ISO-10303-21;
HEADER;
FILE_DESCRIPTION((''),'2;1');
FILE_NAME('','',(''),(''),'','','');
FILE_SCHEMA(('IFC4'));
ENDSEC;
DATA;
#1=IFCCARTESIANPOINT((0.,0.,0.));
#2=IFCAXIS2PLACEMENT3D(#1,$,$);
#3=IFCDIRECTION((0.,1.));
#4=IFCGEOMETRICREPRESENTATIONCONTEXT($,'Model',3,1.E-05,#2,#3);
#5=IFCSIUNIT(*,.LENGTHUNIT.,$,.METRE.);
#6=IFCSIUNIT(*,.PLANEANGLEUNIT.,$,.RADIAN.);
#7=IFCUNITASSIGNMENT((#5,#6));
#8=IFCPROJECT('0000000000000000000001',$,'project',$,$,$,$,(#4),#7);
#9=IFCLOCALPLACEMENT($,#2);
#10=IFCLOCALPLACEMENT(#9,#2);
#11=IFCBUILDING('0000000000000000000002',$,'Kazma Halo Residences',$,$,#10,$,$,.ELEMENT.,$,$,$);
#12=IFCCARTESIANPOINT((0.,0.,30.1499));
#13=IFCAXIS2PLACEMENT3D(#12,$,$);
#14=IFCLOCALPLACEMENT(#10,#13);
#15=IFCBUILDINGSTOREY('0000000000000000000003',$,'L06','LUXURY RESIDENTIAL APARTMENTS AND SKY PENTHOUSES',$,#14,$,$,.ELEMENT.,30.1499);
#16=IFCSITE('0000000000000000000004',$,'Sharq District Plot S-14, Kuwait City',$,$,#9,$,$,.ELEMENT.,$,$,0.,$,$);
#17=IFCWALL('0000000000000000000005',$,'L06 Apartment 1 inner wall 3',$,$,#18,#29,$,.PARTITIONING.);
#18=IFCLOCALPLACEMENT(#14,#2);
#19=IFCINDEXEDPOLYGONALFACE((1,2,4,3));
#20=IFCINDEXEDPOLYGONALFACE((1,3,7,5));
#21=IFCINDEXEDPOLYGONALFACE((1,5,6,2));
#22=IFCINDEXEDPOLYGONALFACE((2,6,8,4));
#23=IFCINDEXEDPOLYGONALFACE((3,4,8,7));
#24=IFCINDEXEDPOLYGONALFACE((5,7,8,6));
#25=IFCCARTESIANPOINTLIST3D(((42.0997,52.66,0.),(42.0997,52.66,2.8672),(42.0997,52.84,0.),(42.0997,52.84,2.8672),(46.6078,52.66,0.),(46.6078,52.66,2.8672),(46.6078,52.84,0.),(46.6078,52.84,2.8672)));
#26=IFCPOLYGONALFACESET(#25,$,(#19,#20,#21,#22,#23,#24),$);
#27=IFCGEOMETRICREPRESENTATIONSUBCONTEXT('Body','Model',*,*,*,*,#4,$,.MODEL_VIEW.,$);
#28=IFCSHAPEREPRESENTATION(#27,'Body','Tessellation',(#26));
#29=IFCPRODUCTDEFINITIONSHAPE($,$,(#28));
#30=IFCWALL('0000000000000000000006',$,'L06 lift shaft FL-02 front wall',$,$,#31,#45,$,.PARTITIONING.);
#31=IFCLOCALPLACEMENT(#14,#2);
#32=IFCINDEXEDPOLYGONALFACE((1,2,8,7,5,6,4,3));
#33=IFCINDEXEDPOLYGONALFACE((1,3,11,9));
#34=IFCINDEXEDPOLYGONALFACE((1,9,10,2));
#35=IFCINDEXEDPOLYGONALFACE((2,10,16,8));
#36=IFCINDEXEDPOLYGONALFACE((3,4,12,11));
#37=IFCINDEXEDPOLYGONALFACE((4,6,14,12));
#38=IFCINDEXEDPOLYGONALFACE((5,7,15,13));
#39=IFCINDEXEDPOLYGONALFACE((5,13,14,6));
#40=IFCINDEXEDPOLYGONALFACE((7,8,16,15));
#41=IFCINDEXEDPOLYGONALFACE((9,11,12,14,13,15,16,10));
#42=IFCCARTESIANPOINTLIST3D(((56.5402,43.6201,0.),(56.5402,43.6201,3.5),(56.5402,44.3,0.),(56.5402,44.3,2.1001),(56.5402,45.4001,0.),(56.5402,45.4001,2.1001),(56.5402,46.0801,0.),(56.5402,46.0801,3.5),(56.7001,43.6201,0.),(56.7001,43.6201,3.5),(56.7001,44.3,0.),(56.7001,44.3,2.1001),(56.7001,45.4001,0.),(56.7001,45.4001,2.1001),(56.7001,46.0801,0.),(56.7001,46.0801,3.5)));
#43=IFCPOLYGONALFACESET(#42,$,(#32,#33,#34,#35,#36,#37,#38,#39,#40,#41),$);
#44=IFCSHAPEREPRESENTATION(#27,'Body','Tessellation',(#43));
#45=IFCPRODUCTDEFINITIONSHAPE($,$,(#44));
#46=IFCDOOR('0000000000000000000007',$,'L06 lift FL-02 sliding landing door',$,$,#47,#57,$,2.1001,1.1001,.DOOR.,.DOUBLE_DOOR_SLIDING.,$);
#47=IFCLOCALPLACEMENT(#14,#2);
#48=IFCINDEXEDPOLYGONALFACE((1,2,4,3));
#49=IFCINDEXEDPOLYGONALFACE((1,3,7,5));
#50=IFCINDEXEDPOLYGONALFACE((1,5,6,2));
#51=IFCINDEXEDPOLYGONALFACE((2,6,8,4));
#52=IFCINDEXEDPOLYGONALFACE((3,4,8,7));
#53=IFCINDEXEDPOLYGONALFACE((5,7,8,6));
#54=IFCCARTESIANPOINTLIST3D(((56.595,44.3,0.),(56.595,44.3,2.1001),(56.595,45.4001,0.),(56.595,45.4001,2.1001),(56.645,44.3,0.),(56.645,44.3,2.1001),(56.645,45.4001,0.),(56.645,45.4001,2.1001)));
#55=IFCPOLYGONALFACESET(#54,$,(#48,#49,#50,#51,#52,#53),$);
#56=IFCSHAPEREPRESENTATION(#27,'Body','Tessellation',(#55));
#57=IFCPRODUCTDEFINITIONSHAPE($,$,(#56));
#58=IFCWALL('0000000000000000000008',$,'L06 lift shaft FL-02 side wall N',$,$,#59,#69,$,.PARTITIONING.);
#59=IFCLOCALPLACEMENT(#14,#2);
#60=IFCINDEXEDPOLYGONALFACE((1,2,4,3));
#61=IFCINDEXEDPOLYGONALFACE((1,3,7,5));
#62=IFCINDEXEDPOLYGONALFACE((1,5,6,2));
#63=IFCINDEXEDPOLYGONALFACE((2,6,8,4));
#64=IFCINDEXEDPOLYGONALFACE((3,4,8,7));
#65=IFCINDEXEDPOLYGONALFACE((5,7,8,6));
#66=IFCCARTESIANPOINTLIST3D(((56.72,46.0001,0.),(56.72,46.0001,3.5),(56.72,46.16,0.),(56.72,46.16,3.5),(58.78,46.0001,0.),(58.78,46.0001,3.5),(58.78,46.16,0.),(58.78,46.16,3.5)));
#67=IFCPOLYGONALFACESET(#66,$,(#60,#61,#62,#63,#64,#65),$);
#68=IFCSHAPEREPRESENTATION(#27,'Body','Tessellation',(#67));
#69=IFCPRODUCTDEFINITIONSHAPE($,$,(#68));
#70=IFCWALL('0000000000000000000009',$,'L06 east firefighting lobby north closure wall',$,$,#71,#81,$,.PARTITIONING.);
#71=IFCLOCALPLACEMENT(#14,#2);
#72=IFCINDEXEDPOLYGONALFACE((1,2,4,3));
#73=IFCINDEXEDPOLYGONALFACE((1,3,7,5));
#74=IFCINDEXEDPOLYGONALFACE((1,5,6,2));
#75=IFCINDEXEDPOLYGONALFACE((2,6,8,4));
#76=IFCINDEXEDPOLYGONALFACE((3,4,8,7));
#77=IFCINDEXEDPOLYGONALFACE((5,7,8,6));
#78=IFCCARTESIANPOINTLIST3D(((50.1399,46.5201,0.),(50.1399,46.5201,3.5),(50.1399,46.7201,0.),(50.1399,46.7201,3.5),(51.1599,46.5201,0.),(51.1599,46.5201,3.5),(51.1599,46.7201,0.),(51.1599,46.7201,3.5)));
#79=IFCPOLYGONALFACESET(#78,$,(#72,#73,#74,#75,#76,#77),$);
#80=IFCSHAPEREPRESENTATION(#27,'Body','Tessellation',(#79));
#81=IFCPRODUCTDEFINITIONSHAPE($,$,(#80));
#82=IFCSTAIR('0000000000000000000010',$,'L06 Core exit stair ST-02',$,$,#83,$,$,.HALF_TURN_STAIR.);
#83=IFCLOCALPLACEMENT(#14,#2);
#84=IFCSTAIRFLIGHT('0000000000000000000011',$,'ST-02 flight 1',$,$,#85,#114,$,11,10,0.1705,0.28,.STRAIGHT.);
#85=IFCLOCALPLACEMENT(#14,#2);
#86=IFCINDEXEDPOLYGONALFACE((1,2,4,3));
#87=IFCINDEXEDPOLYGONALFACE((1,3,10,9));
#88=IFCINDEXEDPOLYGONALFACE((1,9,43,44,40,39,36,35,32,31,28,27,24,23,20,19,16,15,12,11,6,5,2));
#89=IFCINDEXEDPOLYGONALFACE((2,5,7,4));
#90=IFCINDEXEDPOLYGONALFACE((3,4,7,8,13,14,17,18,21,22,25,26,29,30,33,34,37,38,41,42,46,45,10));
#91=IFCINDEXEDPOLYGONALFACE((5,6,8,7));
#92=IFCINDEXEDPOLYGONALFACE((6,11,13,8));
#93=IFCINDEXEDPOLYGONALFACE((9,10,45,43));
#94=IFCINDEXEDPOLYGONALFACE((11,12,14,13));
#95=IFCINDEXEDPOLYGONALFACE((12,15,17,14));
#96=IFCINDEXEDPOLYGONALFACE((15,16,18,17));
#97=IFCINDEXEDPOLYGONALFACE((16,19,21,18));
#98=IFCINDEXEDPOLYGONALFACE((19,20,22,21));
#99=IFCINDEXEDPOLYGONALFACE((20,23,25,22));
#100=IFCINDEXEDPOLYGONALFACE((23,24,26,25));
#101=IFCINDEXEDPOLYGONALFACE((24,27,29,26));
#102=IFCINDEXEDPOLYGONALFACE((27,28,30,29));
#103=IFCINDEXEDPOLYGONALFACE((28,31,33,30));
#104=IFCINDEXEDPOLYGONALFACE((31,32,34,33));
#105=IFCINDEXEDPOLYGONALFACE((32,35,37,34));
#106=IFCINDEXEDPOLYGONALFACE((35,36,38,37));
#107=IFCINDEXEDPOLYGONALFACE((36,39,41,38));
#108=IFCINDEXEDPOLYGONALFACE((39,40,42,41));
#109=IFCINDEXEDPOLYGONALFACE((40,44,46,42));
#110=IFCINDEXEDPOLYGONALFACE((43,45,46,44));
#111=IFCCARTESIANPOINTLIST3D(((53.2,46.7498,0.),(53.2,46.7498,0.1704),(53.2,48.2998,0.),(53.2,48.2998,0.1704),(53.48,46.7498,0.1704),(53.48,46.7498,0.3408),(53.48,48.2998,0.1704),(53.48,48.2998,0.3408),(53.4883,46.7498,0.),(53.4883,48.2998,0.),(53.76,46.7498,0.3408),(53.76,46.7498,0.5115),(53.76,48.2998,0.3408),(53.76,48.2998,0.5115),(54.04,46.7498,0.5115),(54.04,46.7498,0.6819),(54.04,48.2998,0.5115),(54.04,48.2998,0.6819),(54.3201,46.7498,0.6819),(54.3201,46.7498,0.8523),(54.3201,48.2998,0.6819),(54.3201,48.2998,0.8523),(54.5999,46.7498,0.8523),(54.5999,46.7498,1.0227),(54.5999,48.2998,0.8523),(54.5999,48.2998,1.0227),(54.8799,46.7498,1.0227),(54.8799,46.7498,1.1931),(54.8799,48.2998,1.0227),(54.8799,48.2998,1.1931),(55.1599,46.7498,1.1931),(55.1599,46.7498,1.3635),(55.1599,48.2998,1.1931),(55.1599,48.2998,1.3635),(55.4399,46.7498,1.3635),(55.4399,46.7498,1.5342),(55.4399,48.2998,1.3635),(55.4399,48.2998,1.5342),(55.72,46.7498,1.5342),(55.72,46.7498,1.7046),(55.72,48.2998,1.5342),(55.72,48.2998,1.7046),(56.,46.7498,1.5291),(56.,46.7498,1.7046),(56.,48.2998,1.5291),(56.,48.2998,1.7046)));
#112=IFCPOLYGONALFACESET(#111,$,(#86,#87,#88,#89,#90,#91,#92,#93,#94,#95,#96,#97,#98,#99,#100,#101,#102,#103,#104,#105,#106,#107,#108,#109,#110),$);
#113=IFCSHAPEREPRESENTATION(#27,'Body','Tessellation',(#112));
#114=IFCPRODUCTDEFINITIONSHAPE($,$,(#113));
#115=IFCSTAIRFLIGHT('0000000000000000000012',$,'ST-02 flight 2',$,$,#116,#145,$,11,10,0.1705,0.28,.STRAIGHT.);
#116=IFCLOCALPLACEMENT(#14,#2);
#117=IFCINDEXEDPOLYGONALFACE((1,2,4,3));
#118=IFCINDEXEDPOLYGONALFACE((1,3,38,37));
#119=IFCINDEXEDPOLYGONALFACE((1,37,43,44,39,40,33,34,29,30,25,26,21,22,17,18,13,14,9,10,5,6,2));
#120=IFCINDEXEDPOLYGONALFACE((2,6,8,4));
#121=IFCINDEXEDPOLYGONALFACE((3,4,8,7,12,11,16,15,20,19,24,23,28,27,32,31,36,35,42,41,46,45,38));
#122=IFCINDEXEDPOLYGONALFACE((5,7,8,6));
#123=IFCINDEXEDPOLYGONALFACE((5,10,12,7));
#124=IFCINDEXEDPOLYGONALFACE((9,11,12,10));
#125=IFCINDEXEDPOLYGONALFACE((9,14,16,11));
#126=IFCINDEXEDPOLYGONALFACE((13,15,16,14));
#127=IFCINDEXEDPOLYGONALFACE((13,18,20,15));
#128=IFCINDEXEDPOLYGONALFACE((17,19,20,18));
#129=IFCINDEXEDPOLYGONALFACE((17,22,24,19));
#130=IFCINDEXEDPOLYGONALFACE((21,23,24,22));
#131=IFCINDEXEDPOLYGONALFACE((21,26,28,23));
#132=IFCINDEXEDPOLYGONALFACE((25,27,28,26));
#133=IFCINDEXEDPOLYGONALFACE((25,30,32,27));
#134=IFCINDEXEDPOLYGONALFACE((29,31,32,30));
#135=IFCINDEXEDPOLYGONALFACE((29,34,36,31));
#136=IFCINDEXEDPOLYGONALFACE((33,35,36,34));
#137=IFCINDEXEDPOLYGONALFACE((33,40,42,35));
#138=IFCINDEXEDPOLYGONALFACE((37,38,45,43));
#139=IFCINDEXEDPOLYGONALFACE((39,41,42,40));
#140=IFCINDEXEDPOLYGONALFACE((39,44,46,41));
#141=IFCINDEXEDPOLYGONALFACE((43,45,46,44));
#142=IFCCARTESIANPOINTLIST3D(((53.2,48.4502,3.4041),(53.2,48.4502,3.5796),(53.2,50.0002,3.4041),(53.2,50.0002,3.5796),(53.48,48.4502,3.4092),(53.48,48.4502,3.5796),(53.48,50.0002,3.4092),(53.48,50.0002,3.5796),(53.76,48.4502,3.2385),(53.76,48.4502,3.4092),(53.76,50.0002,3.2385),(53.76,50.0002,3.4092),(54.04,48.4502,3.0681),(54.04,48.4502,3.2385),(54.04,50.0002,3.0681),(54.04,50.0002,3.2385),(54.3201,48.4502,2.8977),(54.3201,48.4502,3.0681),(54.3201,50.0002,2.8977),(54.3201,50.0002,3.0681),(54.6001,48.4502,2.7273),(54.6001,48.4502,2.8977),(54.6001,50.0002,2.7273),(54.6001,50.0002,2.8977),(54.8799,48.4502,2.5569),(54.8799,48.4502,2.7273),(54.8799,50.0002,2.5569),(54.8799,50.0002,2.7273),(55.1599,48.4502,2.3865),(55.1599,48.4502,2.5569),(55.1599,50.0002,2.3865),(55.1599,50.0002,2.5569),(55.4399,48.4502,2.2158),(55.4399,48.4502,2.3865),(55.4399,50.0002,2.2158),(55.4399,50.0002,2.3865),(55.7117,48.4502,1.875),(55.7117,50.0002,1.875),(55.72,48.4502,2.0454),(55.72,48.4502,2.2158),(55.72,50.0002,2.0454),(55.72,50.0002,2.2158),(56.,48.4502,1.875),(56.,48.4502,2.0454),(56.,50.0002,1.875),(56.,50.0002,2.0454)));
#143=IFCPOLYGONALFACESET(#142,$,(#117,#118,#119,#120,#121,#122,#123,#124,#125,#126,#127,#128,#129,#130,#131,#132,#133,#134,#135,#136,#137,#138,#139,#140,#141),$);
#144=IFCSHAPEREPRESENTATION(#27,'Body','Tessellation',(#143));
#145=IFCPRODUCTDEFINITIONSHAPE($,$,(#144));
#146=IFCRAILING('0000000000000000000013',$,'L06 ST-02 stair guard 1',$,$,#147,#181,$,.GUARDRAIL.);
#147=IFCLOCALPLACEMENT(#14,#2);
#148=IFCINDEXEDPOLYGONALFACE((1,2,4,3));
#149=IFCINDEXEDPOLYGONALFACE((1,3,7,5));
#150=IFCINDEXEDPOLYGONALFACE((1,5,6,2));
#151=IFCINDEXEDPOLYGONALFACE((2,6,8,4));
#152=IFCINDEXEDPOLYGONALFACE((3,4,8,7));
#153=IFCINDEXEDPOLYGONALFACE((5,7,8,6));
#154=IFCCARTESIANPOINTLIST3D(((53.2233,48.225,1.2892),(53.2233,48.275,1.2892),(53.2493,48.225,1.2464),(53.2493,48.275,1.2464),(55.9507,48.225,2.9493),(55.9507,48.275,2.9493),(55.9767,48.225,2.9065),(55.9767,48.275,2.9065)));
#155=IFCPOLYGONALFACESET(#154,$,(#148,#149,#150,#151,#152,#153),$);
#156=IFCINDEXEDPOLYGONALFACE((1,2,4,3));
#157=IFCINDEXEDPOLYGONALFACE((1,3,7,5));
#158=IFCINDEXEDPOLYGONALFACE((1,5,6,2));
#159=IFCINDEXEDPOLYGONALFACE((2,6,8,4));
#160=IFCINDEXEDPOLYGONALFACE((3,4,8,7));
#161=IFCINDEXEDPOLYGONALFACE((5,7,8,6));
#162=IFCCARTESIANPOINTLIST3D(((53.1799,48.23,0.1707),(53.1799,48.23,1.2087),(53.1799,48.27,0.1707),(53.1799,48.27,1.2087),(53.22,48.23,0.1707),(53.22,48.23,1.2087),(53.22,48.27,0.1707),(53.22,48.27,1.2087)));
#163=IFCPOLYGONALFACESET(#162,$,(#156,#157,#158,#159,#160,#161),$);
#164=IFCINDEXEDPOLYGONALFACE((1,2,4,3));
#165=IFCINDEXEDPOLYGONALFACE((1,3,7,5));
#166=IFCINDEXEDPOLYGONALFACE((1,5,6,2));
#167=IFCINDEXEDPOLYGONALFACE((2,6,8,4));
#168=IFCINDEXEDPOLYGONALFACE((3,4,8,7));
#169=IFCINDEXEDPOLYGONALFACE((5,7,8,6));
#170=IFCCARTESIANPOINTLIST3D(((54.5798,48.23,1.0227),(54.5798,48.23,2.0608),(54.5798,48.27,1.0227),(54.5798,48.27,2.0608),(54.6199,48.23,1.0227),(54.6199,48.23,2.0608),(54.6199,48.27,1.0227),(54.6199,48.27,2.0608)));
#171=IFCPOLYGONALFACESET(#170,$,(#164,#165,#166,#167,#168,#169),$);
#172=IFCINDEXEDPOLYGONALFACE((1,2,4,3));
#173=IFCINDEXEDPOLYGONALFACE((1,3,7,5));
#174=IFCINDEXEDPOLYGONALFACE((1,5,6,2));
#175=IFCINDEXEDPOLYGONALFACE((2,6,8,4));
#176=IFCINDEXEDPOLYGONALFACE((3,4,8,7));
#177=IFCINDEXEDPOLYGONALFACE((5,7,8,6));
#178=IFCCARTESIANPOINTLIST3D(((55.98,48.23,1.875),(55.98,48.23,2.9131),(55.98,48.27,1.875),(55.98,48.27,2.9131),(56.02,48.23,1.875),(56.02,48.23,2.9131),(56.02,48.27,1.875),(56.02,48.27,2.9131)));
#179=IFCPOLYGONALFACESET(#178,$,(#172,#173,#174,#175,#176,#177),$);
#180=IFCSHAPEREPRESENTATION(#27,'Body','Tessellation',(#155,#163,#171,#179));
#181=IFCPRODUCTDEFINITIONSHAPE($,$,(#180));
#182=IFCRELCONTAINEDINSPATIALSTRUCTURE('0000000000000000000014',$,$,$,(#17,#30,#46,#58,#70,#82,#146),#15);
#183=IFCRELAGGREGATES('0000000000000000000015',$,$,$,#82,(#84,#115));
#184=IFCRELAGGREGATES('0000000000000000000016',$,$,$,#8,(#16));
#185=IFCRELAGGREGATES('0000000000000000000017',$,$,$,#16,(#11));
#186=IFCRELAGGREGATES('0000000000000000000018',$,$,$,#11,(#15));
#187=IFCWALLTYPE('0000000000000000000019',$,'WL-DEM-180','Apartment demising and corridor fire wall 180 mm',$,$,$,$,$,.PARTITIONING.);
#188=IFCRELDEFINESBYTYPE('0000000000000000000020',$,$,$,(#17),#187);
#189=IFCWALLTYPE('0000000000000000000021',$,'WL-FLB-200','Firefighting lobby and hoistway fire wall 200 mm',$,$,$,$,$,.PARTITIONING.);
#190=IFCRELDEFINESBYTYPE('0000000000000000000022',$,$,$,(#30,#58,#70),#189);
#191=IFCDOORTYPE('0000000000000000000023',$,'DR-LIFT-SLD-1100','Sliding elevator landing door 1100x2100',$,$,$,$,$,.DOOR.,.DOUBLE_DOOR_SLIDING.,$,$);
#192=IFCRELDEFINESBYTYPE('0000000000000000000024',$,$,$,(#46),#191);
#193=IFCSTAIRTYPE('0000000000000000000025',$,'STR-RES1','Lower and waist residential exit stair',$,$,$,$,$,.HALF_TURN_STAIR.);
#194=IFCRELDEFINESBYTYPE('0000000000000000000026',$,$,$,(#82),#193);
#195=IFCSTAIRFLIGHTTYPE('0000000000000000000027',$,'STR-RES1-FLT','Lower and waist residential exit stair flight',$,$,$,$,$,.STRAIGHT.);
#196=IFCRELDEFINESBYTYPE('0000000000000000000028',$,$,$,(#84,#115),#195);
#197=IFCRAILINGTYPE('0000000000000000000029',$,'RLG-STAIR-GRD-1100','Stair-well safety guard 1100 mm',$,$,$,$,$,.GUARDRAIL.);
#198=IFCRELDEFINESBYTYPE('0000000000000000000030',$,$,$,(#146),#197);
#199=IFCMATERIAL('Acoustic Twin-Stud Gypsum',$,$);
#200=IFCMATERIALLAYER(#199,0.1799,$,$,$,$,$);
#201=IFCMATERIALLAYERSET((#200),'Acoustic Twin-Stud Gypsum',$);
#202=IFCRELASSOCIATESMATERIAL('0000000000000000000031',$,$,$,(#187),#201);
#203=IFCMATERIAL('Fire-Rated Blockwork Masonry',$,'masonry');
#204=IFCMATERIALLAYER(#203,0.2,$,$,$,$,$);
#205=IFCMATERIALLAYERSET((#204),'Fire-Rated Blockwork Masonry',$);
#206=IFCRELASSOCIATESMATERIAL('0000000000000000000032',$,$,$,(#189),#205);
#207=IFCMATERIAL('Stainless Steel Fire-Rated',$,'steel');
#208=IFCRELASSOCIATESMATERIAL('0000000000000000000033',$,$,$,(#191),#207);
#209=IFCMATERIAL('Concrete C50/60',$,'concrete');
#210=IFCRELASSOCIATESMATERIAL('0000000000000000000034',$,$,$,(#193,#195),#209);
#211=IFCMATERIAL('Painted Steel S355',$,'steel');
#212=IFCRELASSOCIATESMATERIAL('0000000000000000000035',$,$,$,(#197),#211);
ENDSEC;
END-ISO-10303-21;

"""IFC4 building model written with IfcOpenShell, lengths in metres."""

from ifc_helpers import new_model, si_unit, direction, frame, frame_2d, origin, origin_2d, place, context, subcontext, project, spatial, polyline, rectangle, outline, extrude, material, layer, layer_set, type_object, element, fill, aggregate, save


model = new_model("IFC4")

# Units and contexts
model_context = context("Model", 3, precision=1e-05, world=origin(), true_north=direction((0.0, 1.0)))
body_context = subcontext(model_context, "Body", "Model", "MODEL_VIEW")
ifc_project = project(units=[si_unit("LENGTHUNIT", "METRE"), si_unit("PLANEANGLEUNIT", "RADIAN")], contexts=[model_context])

# Site, building, storey
site_placement = place(None, origin())
site = spatial("IfcSite", under=ifc_project, at=site_placement, Name="Sharq District Plot S-14, Kuwait City", CompositionType="ELEMENT", RefElevation=0.0)
building_placement = place(site_placement, origin())
building = spatial("IfcBuilding", under=site, at=building_placement, Name="Kazma Halo Residences", CompositionType="ELEMENT")
storey_placement = place(building_placement, frame((0.0, 0.0, 30.1499)))
storey = spatial("IfcBuildingStorey", under=building, at=storey_placement, Name="L06", Description="LUXURY RESIDENTIAL APARTMENTS AND SKY PENTHOUSES", CompositionType="ELEMENT", Elevation=30.1499)

# Wall
ifc_material_1 = material(Name="Acoustic Twin-Stud Gypsum")
ifc_layer_1 = layer(ifc_material_1, 0.1799)
ifc_layer_set_1 = layer_set([ifc_layer_1], Name="Acoustic Twin-Stud Gypsum")
wall_type_1 = type_object("IfcWallType", Name="WL-DEM-180", Description="Apartment demising and corridor fire wall 180 mm", PredefinedType="PARTITIONING", material=ifc_layer_set_1)
wall_1_placement = place(storey_placement, frame((46.6077, 52.75, 0.0), z_axis=(0.0, 0.0, 1.0), x_axis=(-1.0, 0.0, 0.0)))
element("IfcWall", 1, at=wall_1_placement, inside=storey, type_object=wall_type_1, Name="L06 Apartment 1 inner wall 3", PredefinedType="PARTITIONING", context=body_context, shape_type="SweptSolid", body=[
    extrude(rectangle(XDim=4.5081, YDim=0.1799, at=frame_2d((2.2539, 0.0))), origin(), (0.0, 0.0, 1.0), 2.8672),
])

# Wall, opening, door
ifc_material_2 = material(Name="Fire-Rated Blockwork Masonry", Category="masonry")
ifc_layer_2 = layer(ifc_material_2, 0.2)
ifc_layer_set_2 = layer_set([ifc_layer_2], Name="Fire-Rated Blockwork Masonry")
wall_type_2 = type_object("IfcWallType", Name="WL-FLB-200", Description="Firefighting lobby and hoistway fire wall 200 mm", PredefinedType="PARTITIONING", material=ifc_layer_set_2)
wall_2_placement = place(storey_placement, frame((56.6201, 46.0801, 0.0), z_axis=(0.0, 0.0, 1.0), x_axis=(0.0, -1.0, 0.0)))
wall_2 = element("IfcWall", 2, at=wall_2_placement, inside=storey, type_object=wall_type_2, Name="L06 lift shaft FL-02 front wall", PredefinedType="PARTITIONING", context=body_context, shape_type="SweptSolid", body=[
    extrude(rectangle(XDim=2.46, YDim=0.1599, at=frame_2d((1.23, 0.0))), origin(), (0.0, 0.0, 1.0), 3.5),
])
opening_1_placement = place(wall_2_placement, frame((0.6799, 0.0, 0.0)))
opening_1 = element("IfcOpeningElement", 3, at=opening_1_placement, cuts=wall_2, PredefinedType="OPENING", context=body_context, shape_type="SweptSolid", body=[
    extrude(rectangle(XDim=1.1001, YDim=2.1001, at=frame_2d((0.55, 1.05))), frame((0.0, 0.0898, 0.0), z_axis=(0.0, -1.0, 0.0), x_axis=(1.0, 0.0, 0.0)), (0.0, 0.0, 1.0), 0.1799),
])
ifc_material_3 = material(Name="Stainless Steel Fire-Rated", Category="steel")
door_type_1 = type_object("IfcDoorType", Name="DR-LIFT-SLD-1100", Description="Sliding elevator landing door 1100x2100", OperationType="DOUBLE_DOOR_SLIDING", PredefinedType="DOOR", material=ifc_material_3)
door_1_placement = place(opening_1_placement, origin())
door_1 = element("IfcDoor", 4, at=door_1_placement, inside=storey, type_object=door_type_1, Name="L06 lift FL-02 sliding landing door", OperationType="DOUBLE_DOOR_SLIDING", OverallHeight=2.1001, OverallWidth=1.1001, PredefinedType="DOOR", context=body_context, shape_type="SweptSolid", body=[
    extrude(rectangle(XDim=1.1001, YDim=2.1001, at=frame_2d((0.55, 1.05))), frame((0.0, 0.0249, 0.0), z_axis=(0.0, -1.0, 0.0), x_axis=(1.0, 0.0, 0.0)), (0.0, 0.0, 1.0), 0.05),
])
fill(opening_1, door_1)

# Walls
wall_3_placement = place(storey_placement, frame((56.72, 46.0801, 0.0), z_axis=(0.0, 0.0, 1.0), x_axis=(1.0, 0.0, 0.0)))
element("IfcWall", 5, at=wall_3_placement, inside=storey, type_object=wall_type_2, Name="L06 lift shaft FL-02 side wall N", PredefinedType="PARTITIONING", context=body_context, shape_type="SweptSolid", body=[
    extrude(rectangle(XDim=2.0601, YDim=0.1599, at=frame_2d((1.03, 0.0))), origin(), (0.0, 0.0, 1.0), 3.5),
])
wall_4_placement = place(storey_placement, frame((50.1399, 46.6201, 0.0), z_axis=(0.0, 0.0, 1.0), x_axis=(1.0, 0.0, 0.0)))
element("IfcWall", 6, at=wall_4_placement, inside=storey, type_object=wall_type_2, Name="L06 east firefighting lobby north closure wall", PredefinedType="PARTITIONING", context=body_context, shape_type="SweptSolid", body=[
    extrude(rectangle(XDim=1.02, YDim=0.2, at=frame_2d((0.51, 0.0))), origin(), (0.0, 0.0, 1.0), 3.5),
])

# Shared definitions
ifc_material_4 = material(Name="Concrete C50/60", Category="concrete")

# Stair, stair flights
stair_type = type_object("IfcStairType", Name="STR-RES1", Description="Lower and waist residential exit stair", PredefinedType="HALF_TURN_STAIR", material=ifc_material_4)
stair_placement = place(storey_placement, origin())
stair = element("IfcStair", 7, at=stair_placement, inside=storey, type_object=stair_type, Name="L06 Core exit stair ST-02", PredefinedType="HALF_TURN_STAIR")
stair_flight_type = type_object("IfcStairFlightType", Name="STR-RES1-FLT", Description="Lower and waist residential exit stair flight", PredefinedType="STRAIGHT", material=ifc_material_4)
stair_flight_1_placement = place(storey_placement, frame((53.2, 47.5249, 0.0), z_axis=(0.0, 0.0, 1.0), x_axis=(1.0, 0.0, 0.0)))
stair_flight_1 = element("IfcStairFlight", 8, at=stair_flight_1_placement, type_object=stair_flight_type, Name="ST-02 flight 1", NumberOfRisers=11, NumberOfTreads=10, PredefinedType="STRAIGHT", RiserHeight=0.1705, TreadLength=0.28, context=body_context, shape_type="SweptSolid", body=[
    extrude(outline(polyline([(0.0, 0.0), (0.0, 0.1704), (0.28, 0.1704), (0.28, 0.3408), (0.5601, 0.3408), (0.5601, 0.5115), (0.8401, 0.5115), (0.8401, 0.6819), (1.1201, 0.6819), (1.1201, 0.8523), (1.3999, 0.8523), (1.3999, 1.0227), (1.6799, 1.0227), (1.6799, 1.1931), (1.96, 1.1931), (1.96, 1.3635), (2.24, 1.3635), (2.24, 1.5342), (2.52, 1.5342), (2.52, 1.7046), (2.8, 1.7046), (2.8, 1.875), (2.8, 1.5291), (0.2883, 0.0), (0.0, 0.0)])), frame((0.0, 0.7749, 0.0), z_axis=(0.0, -1.0, 0.0), x_axis=(1.0, 0.0, 0.0)), (0.0, 0.0, 1.0), 1.55),
])
stair_flight_2_placement = place(storey_placement, frame((56.0, 49.2251, 1.875), z_axis=(0.0, 0.0, 1.0), x_axis=(-1.0, 0.0, 0.0)))
stair_flight_2 = element("IfcStairFlight", 9, at=stair_flight_2_placement, type_object=stair_flight_type, Name="ST-02 flight 2", NumberOfRisers=11, NumberOfTreads=10, PredefinedType="STRAIGHT", RiserHeight=0.1705, TreadLength=0.28, context=body_context, shape_type="SweptSolid", body=[
    extrude(outline(polyline([(0.0, 0.0), (0.0, 0.1704), (0.28, 0.1704), (0.28, 0.3408), (0.5601, 0.3408), (0.5601, 0.5115), (0.8401, 0.5115), (0.8401, 0.6819), (1.1201, 0.6819), (1.1201, 0.8523), (1.3999, 0.8523), (1.3999, 1.0227), (1.6799, 1.0227), (1.6799, 1.1931), (1.96, 1.1931), (1.96, 1.3635), (2.24, 1.3635), (2.24, 1.5342), (2.52, 1.5342), (2.52, 1.7046), (2.8, 1.7046), (2.8, 1.875), (2.8, 1.5291), (0.2883, 0.0), (0.0, 0.0)])), frame((0.0, 0.7749, 0.0), z_axis=(0.0, -1.0, 0.0), x_axis=(1.0, 0.0, 0.0)), (0.0, 0.0, 1.0), 1.55),
])
aggregate(stair, [stair_flight_1, stair_flight_2])

# Railing
ifc_material_5 = material(Name="Painted Steel S355", Category="steel")
railing_type_1 = type_object("IfcRailingType", Name="RLG-STAIR-GRD-1100", Description="Stair-well safety guard 1100 mm", PredefinedType="GUARDRAIL", material=ifc_material_5)
railing_1_placement = place(storey_placement, frame((53.2, 48.25, 0.1707)))
element("IfcRailing", 10, at=railing_1_placement, inside=storey, type_object=railing_type_1, Name="L06 ST-02 stair guard 1", PredefinedType="GUARDRAIL", context=body_context, shape_type="SweptSolid", body=[
    extrude(rectangle(XDim=0.05, YDim=0.05, at=origin_2d()), frame((0.0364, 0.0, 1.0972), z_axis=(0.854203, 0.0, 0.51994), x_axis=(0.0, 1.0, 0.0)), (0.0, 0.0, 1.0), 3.1929),
    extrude(rectangle(XDim=0.04, YDim=0.04, at=origin_2d()), origin(), (0.0, 0.0, 1.0), 1.0381),
    extrude(rectangle(XDim=0.04, YDim=0.04, at=origin_2d()), frame((1.3999, 0.0, 0.8521)), (0.0, 0.0, 1.0), 1.0381),
    extrude(rectangle(XDim=0.04, YDim=0.04, at=origin_2d()), frame((2.8, 0.0, 1.7043)), (0.0, 0.0, 1.0), 1.0381),
])

save(model, "model.ifc")
